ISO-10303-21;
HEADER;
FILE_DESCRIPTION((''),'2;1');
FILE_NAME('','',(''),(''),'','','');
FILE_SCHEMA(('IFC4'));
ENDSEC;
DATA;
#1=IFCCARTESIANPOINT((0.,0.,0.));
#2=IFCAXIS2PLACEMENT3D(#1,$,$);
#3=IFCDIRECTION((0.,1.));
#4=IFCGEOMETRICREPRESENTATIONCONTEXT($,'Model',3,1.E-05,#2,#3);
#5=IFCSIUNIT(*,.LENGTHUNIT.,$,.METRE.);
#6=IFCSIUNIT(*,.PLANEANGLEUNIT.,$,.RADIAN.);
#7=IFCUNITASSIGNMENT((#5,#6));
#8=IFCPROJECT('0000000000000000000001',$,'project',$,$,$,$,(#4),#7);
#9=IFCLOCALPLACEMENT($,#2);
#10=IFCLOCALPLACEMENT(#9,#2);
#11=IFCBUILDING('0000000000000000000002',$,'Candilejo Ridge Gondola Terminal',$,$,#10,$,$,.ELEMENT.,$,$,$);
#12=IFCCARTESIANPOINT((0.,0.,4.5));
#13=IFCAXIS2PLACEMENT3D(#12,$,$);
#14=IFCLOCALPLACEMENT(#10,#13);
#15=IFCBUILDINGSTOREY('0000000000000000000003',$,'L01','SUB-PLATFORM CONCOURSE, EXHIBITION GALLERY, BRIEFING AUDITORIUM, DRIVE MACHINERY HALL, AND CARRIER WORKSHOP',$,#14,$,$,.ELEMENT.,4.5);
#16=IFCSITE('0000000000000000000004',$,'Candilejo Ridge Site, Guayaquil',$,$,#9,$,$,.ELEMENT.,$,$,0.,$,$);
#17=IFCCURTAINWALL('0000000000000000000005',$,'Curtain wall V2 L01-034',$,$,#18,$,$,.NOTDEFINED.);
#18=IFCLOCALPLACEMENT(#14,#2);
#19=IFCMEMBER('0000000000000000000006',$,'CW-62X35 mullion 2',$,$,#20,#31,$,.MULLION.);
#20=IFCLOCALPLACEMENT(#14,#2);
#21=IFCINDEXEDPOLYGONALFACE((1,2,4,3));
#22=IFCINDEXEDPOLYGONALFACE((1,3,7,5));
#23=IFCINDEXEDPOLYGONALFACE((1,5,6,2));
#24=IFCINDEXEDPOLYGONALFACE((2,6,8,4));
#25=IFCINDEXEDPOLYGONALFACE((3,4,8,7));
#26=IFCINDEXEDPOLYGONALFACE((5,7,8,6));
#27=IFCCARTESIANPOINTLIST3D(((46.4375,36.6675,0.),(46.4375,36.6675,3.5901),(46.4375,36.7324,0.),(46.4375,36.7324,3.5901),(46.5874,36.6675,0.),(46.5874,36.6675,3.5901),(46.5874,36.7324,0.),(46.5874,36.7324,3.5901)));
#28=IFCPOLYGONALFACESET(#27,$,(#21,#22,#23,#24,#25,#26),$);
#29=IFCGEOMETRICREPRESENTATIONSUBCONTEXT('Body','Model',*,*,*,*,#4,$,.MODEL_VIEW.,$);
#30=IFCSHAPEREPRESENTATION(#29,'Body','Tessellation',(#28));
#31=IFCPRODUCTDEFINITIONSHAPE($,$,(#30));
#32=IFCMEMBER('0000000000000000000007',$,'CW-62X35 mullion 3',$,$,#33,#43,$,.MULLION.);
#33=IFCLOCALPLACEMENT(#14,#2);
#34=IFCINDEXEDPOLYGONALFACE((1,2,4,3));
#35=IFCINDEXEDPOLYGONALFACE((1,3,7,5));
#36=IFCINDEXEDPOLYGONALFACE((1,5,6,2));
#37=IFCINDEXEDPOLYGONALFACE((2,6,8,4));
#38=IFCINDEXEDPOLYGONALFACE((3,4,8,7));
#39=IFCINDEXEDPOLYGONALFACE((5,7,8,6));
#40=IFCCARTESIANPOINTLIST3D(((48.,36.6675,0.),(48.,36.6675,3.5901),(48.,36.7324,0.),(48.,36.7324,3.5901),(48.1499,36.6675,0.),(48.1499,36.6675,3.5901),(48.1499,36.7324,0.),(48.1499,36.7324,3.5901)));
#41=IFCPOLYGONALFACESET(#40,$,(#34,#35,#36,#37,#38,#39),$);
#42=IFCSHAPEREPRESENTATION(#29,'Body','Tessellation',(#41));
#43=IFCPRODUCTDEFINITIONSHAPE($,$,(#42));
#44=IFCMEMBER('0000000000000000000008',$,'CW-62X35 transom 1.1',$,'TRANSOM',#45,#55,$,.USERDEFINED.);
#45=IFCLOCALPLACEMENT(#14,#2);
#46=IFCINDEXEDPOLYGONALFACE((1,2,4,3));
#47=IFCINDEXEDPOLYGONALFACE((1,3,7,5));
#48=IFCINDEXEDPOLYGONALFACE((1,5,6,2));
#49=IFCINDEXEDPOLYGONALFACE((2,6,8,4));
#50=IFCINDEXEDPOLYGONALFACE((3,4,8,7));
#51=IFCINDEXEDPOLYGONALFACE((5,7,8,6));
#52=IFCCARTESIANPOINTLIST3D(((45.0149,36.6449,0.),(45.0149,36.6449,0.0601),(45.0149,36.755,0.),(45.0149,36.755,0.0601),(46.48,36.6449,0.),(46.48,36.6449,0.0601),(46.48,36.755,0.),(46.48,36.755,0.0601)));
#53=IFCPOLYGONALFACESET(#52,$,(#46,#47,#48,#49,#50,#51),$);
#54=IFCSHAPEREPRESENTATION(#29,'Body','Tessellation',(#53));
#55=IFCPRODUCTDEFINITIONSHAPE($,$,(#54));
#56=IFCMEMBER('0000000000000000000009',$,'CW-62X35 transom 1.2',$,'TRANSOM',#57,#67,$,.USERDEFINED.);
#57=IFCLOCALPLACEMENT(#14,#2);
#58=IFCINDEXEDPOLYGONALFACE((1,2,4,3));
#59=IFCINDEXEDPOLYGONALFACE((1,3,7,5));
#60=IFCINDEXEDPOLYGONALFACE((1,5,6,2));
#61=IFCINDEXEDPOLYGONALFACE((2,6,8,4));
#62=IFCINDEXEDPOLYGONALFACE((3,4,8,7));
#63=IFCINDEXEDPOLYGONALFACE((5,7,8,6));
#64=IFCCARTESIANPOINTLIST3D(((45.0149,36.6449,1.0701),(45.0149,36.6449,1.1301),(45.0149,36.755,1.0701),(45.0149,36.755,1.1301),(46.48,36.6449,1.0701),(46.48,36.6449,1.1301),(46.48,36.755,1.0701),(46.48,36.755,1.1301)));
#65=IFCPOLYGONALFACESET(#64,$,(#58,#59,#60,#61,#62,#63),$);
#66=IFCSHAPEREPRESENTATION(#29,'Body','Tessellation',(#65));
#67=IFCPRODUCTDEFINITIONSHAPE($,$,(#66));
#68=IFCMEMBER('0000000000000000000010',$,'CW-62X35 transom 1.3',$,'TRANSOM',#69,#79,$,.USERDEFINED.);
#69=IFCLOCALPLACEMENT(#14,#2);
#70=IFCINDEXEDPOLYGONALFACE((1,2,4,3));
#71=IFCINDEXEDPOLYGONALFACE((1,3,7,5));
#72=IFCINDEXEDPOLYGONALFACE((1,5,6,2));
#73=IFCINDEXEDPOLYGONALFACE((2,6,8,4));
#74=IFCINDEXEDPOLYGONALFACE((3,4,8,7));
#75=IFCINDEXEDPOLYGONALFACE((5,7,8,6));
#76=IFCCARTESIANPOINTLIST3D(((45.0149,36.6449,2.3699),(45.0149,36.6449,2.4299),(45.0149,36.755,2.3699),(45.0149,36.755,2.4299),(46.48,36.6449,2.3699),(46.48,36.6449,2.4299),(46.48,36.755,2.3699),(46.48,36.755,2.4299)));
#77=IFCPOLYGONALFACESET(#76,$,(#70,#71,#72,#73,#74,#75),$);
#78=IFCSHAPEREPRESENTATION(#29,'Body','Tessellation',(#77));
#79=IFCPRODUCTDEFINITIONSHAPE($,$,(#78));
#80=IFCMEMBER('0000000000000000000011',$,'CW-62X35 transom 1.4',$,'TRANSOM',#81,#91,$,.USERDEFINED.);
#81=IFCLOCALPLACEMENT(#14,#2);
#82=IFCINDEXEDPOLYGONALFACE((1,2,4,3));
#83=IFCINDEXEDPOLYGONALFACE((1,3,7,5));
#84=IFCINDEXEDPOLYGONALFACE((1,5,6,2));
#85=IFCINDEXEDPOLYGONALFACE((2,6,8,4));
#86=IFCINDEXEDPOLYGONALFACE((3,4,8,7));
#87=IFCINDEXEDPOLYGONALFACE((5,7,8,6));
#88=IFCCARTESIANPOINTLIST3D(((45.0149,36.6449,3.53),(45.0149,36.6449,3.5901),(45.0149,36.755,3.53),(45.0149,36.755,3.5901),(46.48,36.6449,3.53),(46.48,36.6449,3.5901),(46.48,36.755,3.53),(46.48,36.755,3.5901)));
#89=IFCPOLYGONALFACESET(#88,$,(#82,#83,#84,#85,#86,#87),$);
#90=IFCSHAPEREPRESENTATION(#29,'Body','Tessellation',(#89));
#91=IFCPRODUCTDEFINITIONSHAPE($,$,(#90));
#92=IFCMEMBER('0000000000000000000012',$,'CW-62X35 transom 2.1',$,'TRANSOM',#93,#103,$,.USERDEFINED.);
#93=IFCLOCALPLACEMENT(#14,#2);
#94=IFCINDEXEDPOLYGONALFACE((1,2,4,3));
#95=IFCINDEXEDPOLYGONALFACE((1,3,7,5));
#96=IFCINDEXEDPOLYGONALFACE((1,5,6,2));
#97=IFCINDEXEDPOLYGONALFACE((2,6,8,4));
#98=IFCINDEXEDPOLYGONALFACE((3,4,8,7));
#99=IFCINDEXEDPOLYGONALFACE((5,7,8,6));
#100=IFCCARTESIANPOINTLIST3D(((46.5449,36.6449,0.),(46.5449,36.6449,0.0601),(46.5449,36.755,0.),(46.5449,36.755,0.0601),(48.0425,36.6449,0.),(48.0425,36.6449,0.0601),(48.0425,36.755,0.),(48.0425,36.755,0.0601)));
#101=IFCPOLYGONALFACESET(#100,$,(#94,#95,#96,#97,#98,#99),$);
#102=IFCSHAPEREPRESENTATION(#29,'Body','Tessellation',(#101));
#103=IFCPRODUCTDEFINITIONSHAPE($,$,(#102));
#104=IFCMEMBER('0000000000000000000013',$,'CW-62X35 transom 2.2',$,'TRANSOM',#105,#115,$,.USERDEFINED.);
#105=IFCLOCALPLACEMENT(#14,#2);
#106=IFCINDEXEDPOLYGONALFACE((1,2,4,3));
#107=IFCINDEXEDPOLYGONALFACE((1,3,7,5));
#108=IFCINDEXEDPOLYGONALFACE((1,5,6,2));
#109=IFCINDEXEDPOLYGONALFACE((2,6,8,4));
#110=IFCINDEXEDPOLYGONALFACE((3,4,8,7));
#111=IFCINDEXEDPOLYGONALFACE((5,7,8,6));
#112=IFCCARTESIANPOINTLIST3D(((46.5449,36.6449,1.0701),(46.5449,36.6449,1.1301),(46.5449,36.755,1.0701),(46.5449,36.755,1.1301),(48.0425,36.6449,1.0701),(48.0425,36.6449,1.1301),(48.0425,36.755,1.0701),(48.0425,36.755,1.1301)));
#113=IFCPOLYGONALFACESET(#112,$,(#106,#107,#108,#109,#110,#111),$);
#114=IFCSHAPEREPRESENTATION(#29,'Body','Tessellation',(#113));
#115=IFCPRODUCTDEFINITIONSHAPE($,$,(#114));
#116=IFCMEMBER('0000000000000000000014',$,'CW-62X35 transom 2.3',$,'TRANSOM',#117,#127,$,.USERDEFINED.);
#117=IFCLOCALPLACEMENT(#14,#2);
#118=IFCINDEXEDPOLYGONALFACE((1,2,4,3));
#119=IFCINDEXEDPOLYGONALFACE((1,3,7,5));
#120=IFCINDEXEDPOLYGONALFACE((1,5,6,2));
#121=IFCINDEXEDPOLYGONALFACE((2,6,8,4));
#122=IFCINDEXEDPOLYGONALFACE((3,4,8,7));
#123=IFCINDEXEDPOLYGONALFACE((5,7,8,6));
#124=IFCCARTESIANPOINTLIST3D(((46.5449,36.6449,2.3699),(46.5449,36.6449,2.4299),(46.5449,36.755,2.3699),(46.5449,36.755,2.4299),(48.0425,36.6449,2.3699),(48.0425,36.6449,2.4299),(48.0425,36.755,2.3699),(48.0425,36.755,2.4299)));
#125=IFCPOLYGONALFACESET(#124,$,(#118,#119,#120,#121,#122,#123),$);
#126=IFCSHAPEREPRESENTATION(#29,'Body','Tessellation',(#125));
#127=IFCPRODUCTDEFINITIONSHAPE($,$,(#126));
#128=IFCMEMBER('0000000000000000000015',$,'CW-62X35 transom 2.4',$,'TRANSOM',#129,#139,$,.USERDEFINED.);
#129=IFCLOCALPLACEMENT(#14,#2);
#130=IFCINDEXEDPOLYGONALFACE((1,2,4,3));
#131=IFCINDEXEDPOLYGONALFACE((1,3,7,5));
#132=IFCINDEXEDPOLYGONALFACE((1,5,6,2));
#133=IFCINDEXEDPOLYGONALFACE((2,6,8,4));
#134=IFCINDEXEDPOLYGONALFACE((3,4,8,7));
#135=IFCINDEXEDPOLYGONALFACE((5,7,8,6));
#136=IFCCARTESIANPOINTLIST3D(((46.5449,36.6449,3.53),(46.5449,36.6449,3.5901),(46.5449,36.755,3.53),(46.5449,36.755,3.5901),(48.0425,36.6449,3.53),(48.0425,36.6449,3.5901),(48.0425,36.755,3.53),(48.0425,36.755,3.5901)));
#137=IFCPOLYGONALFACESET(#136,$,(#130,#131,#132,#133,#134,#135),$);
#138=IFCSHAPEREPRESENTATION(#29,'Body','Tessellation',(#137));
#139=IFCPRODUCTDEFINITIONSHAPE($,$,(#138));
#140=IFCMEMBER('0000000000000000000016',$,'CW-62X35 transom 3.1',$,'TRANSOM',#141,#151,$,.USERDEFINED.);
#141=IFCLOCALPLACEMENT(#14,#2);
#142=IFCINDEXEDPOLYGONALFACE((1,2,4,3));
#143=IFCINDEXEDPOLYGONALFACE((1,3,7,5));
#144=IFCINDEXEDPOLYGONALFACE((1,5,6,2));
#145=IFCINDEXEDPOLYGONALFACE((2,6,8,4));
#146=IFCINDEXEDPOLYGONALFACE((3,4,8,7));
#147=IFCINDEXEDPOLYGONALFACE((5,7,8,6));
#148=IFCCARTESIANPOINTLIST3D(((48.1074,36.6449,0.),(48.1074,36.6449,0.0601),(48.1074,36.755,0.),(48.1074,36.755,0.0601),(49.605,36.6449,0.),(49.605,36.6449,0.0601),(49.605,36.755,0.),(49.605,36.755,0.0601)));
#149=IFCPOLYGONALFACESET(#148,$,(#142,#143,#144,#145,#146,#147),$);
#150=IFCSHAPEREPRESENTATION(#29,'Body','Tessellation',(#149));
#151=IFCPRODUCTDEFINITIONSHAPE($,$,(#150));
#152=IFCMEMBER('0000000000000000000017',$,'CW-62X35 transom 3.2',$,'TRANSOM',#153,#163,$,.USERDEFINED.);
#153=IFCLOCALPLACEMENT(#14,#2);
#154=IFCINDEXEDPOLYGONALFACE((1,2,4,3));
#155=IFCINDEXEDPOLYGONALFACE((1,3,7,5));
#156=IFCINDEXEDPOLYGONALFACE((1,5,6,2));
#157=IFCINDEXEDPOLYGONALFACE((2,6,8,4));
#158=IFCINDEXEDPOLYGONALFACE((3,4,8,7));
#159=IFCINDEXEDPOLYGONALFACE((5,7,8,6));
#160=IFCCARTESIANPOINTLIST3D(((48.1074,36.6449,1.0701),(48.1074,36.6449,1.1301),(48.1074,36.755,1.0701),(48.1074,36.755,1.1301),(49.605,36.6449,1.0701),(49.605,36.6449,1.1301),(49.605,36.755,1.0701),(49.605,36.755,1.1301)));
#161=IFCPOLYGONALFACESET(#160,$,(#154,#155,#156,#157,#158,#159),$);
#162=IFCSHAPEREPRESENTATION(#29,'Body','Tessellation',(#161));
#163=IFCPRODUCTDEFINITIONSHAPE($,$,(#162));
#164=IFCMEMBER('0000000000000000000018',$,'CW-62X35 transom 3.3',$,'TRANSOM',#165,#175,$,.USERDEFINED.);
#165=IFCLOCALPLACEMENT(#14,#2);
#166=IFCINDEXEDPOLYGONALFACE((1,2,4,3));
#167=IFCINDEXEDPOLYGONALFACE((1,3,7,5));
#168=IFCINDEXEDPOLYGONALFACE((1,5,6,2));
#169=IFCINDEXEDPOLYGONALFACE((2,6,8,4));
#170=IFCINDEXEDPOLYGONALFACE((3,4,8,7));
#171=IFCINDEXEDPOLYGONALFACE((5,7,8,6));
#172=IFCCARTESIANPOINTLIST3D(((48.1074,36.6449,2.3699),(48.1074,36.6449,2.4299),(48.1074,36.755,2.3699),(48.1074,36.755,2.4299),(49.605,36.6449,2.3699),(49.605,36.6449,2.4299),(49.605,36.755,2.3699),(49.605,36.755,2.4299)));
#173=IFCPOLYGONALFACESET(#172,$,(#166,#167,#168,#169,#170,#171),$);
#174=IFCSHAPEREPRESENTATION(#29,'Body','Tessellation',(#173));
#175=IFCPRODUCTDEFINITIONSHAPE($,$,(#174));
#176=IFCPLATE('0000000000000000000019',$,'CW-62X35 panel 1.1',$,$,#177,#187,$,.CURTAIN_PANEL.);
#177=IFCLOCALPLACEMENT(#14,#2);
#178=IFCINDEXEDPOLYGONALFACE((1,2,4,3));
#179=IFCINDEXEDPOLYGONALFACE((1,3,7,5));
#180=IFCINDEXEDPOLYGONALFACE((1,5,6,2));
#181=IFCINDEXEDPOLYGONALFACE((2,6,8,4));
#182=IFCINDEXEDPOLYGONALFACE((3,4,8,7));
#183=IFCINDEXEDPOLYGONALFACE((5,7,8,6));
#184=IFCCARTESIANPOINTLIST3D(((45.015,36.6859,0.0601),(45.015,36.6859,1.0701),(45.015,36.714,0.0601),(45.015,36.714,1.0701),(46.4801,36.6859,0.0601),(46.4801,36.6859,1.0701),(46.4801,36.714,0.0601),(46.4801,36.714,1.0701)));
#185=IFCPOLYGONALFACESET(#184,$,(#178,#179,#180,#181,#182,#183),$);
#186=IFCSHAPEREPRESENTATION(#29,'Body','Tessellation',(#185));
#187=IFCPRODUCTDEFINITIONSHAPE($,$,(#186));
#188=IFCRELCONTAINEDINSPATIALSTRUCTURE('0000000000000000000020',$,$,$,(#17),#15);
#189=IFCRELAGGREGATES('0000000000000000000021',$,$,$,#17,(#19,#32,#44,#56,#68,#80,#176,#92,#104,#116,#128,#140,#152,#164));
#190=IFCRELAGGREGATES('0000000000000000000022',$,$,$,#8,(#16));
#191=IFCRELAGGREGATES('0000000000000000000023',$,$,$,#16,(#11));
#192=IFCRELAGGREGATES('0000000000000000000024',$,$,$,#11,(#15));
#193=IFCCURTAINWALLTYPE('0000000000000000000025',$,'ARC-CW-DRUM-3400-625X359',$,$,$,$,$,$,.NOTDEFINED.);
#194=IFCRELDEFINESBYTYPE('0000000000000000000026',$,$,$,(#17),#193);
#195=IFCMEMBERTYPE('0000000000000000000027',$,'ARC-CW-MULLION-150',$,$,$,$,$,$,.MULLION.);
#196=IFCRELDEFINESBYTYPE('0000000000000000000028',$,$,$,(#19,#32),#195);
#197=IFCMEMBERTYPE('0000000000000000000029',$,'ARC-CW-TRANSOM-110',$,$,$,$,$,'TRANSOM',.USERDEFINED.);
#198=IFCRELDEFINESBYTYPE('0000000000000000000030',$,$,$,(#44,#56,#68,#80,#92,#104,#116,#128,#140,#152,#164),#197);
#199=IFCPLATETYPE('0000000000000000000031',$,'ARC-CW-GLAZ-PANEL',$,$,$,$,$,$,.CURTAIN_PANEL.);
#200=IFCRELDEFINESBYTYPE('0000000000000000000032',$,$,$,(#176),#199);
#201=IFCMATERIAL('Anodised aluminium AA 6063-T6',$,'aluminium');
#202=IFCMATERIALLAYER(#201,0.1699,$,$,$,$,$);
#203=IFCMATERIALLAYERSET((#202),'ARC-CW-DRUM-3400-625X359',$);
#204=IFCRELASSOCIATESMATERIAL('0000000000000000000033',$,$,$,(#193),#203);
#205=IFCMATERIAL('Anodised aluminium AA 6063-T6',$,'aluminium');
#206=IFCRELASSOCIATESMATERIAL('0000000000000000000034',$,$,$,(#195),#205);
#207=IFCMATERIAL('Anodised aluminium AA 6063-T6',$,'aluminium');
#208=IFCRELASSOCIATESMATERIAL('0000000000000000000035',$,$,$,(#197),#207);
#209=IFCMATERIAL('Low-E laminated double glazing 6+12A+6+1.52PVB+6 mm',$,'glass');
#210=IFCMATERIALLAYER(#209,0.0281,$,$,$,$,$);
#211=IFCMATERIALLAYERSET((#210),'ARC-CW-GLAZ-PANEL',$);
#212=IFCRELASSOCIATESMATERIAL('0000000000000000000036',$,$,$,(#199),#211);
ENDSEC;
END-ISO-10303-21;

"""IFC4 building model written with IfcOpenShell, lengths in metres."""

from ifc_helpers import new_model, si_unit, direction, frame, origin, origin_2d, place, context, subcontext, project, spatial, rectangle, extrude, material, layer, layer_set, material_profile, profile_set, type_object, element, aggregate, save


model = new_model("IFC4")

# Units and contexts
model_context = context("Model", 3, precision=1e-05, world=origin(), true_north=direction((0.0, 1.0)))
body_context = subcontext(model_context, "Body", "Model", "MODEL_VIEW")
ifc_project = project(units=[si_unit("LENGTHUNIT", "METRE"), si_unit("PLANEANGLEUNIT", "RADIAN")], contexts=[model_context])

# Site, building, storey
site_placement = place(None, origin())
site = spatial("IfcSite", under=ifc_project, at=site_placement, Name="Candilejo Ridge Site, Guayaquil", CompositionType="ELEMENT", RefElevation=0.0)
building_placement = place(site_placement, origin())
building = spatial("IfcBuilding", under=site, at=building_placement, Name="Candilejo Ridge Gondola Terminal", CompositionType="ELEMENT")
storey_placement = place(building_placement, frame((0.0, 0.0, 4.5)))
storey = spatial("IfcBuildingStorey", under=building, at=storey_placement, Name="L01", Description="SUB-PLATFORM CONCOURSE, EXHIBITION GALLERY, BRIEFING AUDITORIUM, DRIVE MACHINERY HALL, AND CARRIER WORKSHOP", CompositionType="ELEMENT", Elevation=4.5)

# Curtain wall, members, plate
ifc_material_1 = material(Name="Anodised aluminium AA 6063-T6", Category="aluminium")
ifc_layer_1 = layer(ifc_material_1, 0.1699)
ifc_layer_set_1 = layer_set([ifc_layer_1], Name="ARC-CW-DRUM-3400-625X359")
curtain_wall_type = type_object("IfcCurtainWallType", Name="ARC-CW-DRUM-3400-625X359", PredefinedType="NOTDEFINED", material=ifc_layer_set_1)
curtain_wall_placement = place(storey_placement, origin())
curtain_wall = element("IfcCurtainWall", 1, at=curtain_wall_placement, inside=storey, type_object=curtain_wall_type, Name="Curtain wall V2 L01-034", PredefinedType="NOTDEFINED")
ifc_material_2 = material(Name="Anodised aluminium AA 6063-T6", Category="aluminium")
ifc_material_profile_1 = material_profile(ifc_material_2, rectangle(XDim=0.0649, YDim=0.1499, at=origin_2d()))
ifc_profile_set_1 = profile_set([ifc_material_profile_1], Name="Anodised aluminium AA 6063-T6")
member_type_1 = type_object("IfcMemberType", Name="ARC-CW-MULLION-150", PredefinedType="MULLION", material=ifc_profile_set_1)
member_1_placement = place(storey_placement, frame((46.5125, 36.7, 0.0), z_axis=(0.0, 0.0, 1.0), x_axis=(0.0, 1.0, 0.0)))
member_1 = element("IfcMember", 2, at=member_1_placement, type_object=member_type_1, Name="CW-62X35 mullion 2", PredefinedType="MULLION", context=body_context, shape_type="SweptSolid", body=[
    extrude(rectangle(XDim=0.0649, YDim=0.1499, at=origin_2d()), origin(), (0.0, 0.0, 1.0), 3.5901),
])
member_2_placement = place(storey_placement, frame((48.075, 36.7, 0.0), z_axis=(0.0, 0.0, 1.0), x_axis=(0.0, 1.0, 0.0)))
member_2 = element("IfcMember", 3, at=member_2_placement, type_object=member_type_1, Name="CW-62X35 mullion 3", PredefinedType="MULLION", context=body_context, shape_type="SweptSolid", body=[
    extrude(rectangle(XDim=0.0649, YDim=0.1499, at=origin_2d()), origin(), (0.0, 0.0, 1.0), 3.5901),
])
ifc_material_3 = material(Name="Anodised aluminium AA 6063-T6", Category="aluminium")
ifc_material_profile_2 = material_profile(ifc_material_3, rectangle(XDim=0.1101, YDim=0.0601, at=origin_2d()))
ifc_profile_set_2 = profile_set([ifc_material_profile_2], Name="Anodised aluminium AA 6063-T6")
member_type_2 = type_object("IfcMemberType", Name="ARC-CW-TRANSOM-110", ElementType="TRANSOM", PredefinedType="USERDEFINED", material=ifc_profile_set_2)
member_3_placement = place(storey_placement, frame((45.0149, 36.7, 0.03), z_axis=(1.0, 0.0, 0.0), x_axis=(0.0, 1.0, 0.0)))
member_3 = element("IfcMember", 4, at=member_3_placement, type_object=member_type_2, Name="CW-62X35 transom 1.1", ObjectType="TRANSOM", PredefinedType="USERDEFINED", context=body_context, shape_type="SweptSolid", body=[
    extrude(rectangle(XDim=0.1101, YDim=0.0601, at=origin_2d()), origin(), (0.0, 0.0, 1.0), 1.4651),
])
member_4_placement = place(storey_placement, frame((45.0149, 36.7, 1.1001), z_axis=(1.0, 0.0, 0.0), x_axis=(0.0, 1.0, 0.0)))
member_4 = element("IfcMember", 5, at=member_4_placement, type_object=member_type_2, Name="CW-62X35 transom 1.2", ObjectType="TRANSOM", PredefinedType="USERDEFINED", context=body_context, shape_type="SweptSolid", body=[
    extrude(rectangle(XDim=0.1101, YDim=0.0601, at=origin_2d()), origin(), (0.0, 0.0, 1.0), 1.4651),
])
member_5_placement = place(storey_placement, frame((45.0149, 36.7, 2.3999), z_axis=(1.0, 0.0, 0.0), x_axis=(0.0, 1.0, 0.0)))
member_5 = element("IfcMember", 6, at=member_5_placement, type_object=member_type_2, Name="CW-62X35 transom 1.3", ObjectType="TRANSOM", PredefinedType="USERDEFINED", context=body_context, shape_type="SweptSolid", body=[
    extrude(rectangle(XDim=0.1101, YDim=0.0601, at=origin_2d()), origin(), (0.0, 0.0, 1.0), 1.4651),
])
member_6_placement = place(storey_placement, frame((45.0149, 36.7, 3.5601), z_axis=(1.0, 0.0, 0.0), x_axis=(0.0, 1.0, 0.0)))
member_6 = element("IfcMember", 7, at=member_6_placement, type_object=member_type_2, Name="CW-62X35 transom 1.4", ObjectType="TRANSOM", PredefinedType="USERDEFINED", context=body_context, shape_type="SweptSolid", body=[
    extrude(rectangle(XDim=0.1101, YDim=0.0601, at=origin_2d()), origin(), (0.0, 0.0, 1.0), 1.4651),
])
member_7_placement = place(storey_placement, frame((46.5449, 36.7, 0.03), z_axis=(1.0, 0.0, 0.0), x_axis=(0.0, 1.0, 0.0)))
member_7 = element("IfcMember", 8, at=member_7_placement, type_object=member_type_2, Name="CW-62X35 transom 2.1", ObjectType="TRANSOM", PredefinedType="USERDEFINED", context=body_context, shape_type="SweptSolid", body=[
    extrude(rectangle(XDim=0.1101, YDim=0.0601, at=origin_2d()), origin(), (0.0, 0.0, 1.0), 1.4976),
])
member_8_placement = place(storey_placement, frame((46.5449, 36.7, 1.1001), z_axis=(1.0, 0.0, 0.0), x_axis=(0.0, 1.0, 0.0)))
member_8 = element("IfcMember", 9, at=member_8_placement, type_object=member_type_2, Name="CW-62X35 transom 2.2", ObjectType="TRANSOM", PredefinedType="USERDEFINED", context=body_context, shape_type="SweptSolid", body=[
    extrude(rectangle(XDim=0.1101, YDim=0.0601, at=origin_2d()), origin(), (0.0, 0.0, 1.0), 1.4976),
])
member_9_placement = place(storey_placement, frame((46.5449, 36.7, 2.3999), z_axis=(1.0, 0.0, 0.0), x_axis=(0.0, 1.0, 0.0)))
member_9 = element("IfcMember", 10, at=member_9_placement, type_object=member_type_2, Name="CW-62X35 transom 2.3", ObjectType="TRANSOM", PredefinedType="USERDEFINED", context=body_context, shape_type="SweptSolid", body=[
    extrude(rectangle(XDim=0.1101, YDim=0.0601, at=origin_2d()), origin(), (0.0, 0.0, 1.0), 1.4976),
])
member_10_placement = place(storey_placement, frame((46.5449, 36.7, 3.5601), z_axis=(1.0, 0.0, 0.0), x_axis=(0.0, 1.0, 0.0)))
member_10 = element("IfcMember", 11, at=member_10_placement, type_object=member_type_2, Name="CW-62X35 transom 2.4", ObjectType="TRANSOM", PredefinedType="USERDEFINED", context=body_context, shape_type="SweptSolid", body=[
    extrude(rectangle(XDim=0.1101, YDim=0.0601, at=origin_2d()), origin(), (0.0, 0.0, 1.0), 1.4976),
])
member_11_placement = place(storey_placement, frame((48.1074, 36.7, 0.03), z_axis=(1.0, 0.0, 0.0), x_axis=(0.0, 1.0, 0.0)))
member_11 = element("IfcMember", 12, at=member_11_placement, type_object=member_type_2, Name="CW-62X35 transom 3.1", ObjectType="TRANSOM", PredefinedType="USERDEFINED", context=body_context, shape_type="SweptSolid", body=[
    extrude(rectangle(XDim=0.1101, YDim=0.0601, at=origin_2d()), origin(), (0.0, 0.0, 1.0), 1.4976),
])
member_12_placement = place(storey_placement, frame((48.1074, 36.7, 1.1001), z_axis=(1.0, 0.0, 0.0), x_axis=(0.0, 1.0, 0.0)))
member_12 = element("IfcMember", 13, at=member_12_placement, type_object=member_type_2, Name="CW-62X35 transom 3.2", ObjectType="TRANSOM", PredefinedType="USERDEFINED", context=body_context, shape_type="SweptSolid", body=[
    extrude(rectangle(XDim=0.1101, YDim=0.0601, at=origin_2d()), origin(), (0.0, 0.0, 1.0), 1.4976),
])
member_13_placement = place(storey_placement, frame((48.1074, 36.7, 2.3999), z_axis=(1.0, 0.0, 0.0), x_axis=(0.0, 1.0, 0.0)))
member_13 = element("IfcMember", 14, at=member_13_placement, type_object=member_type_2, Name="CW-62X35 transom 3.3", ObjectType="TRANSOM", PredefinedType="USERDEFINED", context=body_context, shape_type="SweptSolid", body=[
    extrude(rectangle(XDim=0.1101, YDim=0.0601, at=origin_2d()), origin(), (0.0, 0.0, 1.0), 1.4976),
])
ifc_material_4 = material(Name="Low-E laminated double glazing 6+12A+6+1.52PVB+6 mm", Category="glass")
ifc_layer_2 = layer(ifc_material_4, 0.0281)
ifc_layer_set_2 = layer_set([ifc_layer_2], Name="ARC-CW-GLAZ-PANEL")
plate_type_1 = type_object("IfcPlateType", Name="ARC-CW-GLAZ-PANEL", PredefinedType="CURTAIN_PANEL", material=ifc_layer_set_2)
plate_1_placement = place(storey_placement, frame((45.7476, 36.7, 0.0601), z_axis=(0.0, 0.0, 1.0), x_axis=(1.0, 0.0, 0.0)))
plate_1 = element("IfcPlate", 15, at=plate_1_placement, type_object=plate_type_1, Name="CW-62X35 panel 1.1", PredefinedType="CURTAIN_PANEL", context=body_context, shape_type="SweptSolid", body=[
    extrude(rectangle(XDim=1.4651, YDim=0.0281, at=origin_2d()), origin(), (0.0, 0.0, 1.0), 1.01),
])
aggregate(curtain_wall, [member_1, member_2, member_3, member_4, member_5, member_6, plate_1, member_7, member_8, member_9, member_10, member_11, member_12, member_13])

save(model, "model.ifc")
